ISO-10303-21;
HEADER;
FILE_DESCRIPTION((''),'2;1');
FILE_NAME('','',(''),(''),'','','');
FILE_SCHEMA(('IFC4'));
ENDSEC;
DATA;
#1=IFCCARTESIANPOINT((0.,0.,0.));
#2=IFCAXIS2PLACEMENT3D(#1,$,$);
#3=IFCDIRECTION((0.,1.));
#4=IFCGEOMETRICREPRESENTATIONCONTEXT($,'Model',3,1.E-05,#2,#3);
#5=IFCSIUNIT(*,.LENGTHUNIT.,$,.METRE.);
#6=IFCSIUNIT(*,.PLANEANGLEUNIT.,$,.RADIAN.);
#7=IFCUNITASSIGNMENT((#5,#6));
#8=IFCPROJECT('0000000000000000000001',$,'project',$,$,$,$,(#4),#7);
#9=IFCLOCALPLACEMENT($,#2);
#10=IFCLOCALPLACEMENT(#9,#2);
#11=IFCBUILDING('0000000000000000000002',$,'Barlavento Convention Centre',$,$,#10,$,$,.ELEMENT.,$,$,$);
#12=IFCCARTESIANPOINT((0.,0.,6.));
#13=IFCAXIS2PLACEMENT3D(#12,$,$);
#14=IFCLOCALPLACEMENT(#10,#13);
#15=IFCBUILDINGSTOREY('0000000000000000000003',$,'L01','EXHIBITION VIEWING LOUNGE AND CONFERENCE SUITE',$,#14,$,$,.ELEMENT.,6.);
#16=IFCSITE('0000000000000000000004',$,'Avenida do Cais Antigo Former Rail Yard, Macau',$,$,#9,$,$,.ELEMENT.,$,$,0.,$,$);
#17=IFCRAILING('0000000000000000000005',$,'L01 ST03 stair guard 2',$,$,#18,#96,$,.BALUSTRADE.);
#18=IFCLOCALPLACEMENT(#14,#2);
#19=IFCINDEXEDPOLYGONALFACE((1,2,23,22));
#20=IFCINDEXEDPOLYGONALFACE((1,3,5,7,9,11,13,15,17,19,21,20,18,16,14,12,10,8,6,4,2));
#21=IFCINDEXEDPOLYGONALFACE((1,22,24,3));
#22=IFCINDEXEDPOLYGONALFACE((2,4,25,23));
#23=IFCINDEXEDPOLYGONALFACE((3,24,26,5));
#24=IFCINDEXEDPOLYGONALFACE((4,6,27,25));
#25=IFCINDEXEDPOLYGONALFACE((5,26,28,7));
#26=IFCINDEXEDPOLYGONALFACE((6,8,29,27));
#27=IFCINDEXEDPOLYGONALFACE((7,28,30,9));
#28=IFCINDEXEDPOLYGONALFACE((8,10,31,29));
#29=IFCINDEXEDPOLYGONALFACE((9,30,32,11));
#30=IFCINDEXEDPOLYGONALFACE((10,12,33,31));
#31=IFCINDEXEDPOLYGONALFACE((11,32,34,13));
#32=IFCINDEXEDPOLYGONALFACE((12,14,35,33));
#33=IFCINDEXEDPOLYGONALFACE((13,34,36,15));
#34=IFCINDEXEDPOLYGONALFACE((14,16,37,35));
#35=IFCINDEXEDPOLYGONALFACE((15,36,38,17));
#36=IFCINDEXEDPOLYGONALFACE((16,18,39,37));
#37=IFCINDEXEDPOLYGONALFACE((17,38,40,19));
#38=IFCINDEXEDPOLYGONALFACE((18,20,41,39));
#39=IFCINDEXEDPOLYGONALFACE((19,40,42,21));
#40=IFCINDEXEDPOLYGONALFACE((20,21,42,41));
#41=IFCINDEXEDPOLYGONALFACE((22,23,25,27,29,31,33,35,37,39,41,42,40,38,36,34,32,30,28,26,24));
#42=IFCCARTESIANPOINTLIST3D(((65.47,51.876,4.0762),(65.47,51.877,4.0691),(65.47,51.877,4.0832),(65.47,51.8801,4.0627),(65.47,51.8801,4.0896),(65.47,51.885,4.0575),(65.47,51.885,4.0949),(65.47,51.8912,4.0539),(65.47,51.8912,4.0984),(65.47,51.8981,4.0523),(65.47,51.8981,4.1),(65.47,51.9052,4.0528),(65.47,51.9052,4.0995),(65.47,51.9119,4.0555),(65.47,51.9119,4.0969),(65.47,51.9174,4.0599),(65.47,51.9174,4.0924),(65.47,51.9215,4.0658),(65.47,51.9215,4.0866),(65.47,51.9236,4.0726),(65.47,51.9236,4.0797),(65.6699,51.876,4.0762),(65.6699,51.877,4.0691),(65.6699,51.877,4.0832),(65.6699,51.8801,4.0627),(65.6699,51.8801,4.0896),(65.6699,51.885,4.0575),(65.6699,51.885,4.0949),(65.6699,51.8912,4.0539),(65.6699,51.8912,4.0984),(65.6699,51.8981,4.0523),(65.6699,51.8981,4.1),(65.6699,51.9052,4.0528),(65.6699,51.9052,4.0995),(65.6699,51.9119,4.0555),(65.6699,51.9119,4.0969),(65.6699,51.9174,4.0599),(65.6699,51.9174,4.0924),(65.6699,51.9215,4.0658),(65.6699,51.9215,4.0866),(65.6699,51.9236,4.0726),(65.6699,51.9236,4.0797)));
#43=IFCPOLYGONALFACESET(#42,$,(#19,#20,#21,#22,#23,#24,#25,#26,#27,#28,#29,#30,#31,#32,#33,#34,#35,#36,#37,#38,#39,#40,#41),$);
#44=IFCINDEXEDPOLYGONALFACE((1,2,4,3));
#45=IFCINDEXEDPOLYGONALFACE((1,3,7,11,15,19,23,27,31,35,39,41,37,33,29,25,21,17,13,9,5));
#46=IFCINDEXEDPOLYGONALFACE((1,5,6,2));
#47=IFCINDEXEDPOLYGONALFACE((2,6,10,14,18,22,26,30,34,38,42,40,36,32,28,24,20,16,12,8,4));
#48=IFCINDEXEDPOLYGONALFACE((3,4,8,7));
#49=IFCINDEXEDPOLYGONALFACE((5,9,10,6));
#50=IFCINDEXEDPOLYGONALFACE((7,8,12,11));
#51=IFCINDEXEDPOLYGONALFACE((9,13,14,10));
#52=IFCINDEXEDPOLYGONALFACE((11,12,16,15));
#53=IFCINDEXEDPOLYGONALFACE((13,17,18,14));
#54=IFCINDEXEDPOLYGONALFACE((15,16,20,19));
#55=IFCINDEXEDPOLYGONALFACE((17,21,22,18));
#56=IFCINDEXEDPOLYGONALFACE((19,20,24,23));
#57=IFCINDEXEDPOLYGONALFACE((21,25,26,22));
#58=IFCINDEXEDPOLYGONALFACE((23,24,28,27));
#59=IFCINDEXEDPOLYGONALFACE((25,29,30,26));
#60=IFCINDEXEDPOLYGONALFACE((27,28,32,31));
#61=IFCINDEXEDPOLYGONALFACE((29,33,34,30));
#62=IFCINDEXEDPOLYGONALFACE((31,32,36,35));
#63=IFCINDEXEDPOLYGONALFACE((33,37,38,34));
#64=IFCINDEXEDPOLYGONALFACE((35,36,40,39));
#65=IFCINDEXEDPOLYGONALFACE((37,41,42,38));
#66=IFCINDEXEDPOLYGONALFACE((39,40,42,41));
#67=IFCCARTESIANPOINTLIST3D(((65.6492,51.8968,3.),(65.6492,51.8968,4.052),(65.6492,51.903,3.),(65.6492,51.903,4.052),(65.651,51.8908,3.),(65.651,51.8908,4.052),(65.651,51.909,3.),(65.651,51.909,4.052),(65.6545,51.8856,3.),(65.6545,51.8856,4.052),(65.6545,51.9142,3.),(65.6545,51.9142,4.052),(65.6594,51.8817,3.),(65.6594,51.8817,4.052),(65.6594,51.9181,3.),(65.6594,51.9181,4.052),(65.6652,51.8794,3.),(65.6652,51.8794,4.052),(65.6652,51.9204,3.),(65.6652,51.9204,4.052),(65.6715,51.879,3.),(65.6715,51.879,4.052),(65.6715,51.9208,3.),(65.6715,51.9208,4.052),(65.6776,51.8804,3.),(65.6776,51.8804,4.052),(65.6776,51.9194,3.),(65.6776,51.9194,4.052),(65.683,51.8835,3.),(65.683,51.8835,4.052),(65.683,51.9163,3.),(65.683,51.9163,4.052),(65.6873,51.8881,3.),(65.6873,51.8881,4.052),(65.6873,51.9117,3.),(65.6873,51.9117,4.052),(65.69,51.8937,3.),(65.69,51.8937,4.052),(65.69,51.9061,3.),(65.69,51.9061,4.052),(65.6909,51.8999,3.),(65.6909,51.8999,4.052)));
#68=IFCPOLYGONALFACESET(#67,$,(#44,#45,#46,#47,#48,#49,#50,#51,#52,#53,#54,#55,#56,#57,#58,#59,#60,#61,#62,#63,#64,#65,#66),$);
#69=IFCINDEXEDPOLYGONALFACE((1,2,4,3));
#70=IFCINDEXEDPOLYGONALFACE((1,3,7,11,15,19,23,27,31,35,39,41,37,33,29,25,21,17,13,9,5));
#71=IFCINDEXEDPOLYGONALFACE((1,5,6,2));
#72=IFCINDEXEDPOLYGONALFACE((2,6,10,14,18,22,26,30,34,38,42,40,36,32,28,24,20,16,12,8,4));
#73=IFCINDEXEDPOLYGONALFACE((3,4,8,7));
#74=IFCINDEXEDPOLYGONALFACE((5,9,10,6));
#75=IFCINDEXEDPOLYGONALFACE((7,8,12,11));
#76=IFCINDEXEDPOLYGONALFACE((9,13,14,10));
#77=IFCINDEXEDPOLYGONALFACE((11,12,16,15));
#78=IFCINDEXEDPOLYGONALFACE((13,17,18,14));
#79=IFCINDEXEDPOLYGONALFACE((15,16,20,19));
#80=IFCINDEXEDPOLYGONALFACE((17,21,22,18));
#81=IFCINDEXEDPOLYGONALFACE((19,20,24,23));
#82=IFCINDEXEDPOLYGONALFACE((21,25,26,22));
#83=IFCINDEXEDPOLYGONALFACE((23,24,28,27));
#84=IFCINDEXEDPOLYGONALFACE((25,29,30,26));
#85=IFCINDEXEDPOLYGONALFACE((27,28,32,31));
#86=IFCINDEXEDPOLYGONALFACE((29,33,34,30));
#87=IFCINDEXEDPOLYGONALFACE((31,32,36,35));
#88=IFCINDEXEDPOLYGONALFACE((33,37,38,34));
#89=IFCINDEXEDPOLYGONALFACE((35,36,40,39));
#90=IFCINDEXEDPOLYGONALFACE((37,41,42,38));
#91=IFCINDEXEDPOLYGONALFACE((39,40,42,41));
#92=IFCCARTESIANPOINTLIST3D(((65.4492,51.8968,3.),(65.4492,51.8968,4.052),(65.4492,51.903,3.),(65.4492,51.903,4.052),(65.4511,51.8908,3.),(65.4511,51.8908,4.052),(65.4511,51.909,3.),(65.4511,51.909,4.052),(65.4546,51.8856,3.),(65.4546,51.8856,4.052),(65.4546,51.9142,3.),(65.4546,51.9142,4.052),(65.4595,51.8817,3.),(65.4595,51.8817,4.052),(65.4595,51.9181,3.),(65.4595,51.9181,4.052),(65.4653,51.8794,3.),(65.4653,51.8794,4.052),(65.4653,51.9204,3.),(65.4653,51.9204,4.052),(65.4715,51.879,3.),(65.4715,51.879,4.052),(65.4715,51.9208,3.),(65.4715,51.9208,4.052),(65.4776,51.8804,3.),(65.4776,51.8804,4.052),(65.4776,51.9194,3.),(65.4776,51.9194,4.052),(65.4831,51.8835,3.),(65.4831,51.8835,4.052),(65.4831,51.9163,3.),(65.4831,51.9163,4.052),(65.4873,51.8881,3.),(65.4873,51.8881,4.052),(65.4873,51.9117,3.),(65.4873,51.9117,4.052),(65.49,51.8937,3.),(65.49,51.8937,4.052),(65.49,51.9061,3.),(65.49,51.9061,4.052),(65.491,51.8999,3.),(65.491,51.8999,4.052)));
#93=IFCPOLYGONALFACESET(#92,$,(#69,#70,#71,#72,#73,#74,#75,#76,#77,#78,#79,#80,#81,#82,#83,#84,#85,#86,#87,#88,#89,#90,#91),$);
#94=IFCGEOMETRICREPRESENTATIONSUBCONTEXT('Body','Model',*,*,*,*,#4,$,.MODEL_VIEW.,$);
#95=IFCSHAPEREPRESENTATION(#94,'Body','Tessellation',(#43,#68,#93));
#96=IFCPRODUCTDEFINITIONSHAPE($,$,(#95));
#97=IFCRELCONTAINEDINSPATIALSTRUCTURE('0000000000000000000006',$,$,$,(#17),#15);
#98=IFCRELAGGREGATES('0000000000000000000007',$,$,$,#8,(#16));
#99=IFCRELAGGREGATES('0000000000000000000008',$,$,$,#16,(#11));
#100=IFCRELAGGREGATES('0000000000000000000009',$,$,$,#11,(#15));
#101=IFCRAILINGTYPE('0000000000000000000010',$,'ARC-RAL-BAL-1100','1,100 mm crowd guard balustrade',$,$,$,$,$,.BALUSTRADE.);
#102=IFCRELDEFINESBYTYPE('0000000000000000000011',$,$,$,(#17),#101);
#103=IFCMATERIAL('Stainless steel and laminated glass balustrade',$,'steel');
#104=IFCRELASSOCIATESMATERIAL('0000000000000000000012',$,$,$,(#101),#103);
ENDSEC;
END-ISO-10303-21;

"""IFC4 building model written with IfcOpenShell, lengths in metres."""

from ifc_helpers import new_model, si_unit, direction, frame, origin, origin_2d, place, context, subcontext, project, spatial, circle, extrude, material, type_object, element, save


model = new_model("IFC4")

# Units and contexts
model_context = context("Model", 3, precision=1e-05, world=origin(), true_north=direction((0.0, 1.0)))
body_context = subcontext(model_context, "Body", "Model", "MODEL_VIEW")
ifc_project = project(units=[si_unit("LENGTHUNIT", "METRE"), si_unit("PLANEANGLEUNIT", "RADIAN")], contexts=[model_context])

# Site, building, storey
site_placement = place(None, origin())
site = spatial("IfcSite", under=ifc_project, at=site_placement, Name="Avenida do Cais Antigo Former Rail Yard, Macau", CompositionType="ELEMENT", RefElevation=0.0)
building_placement = place(site_placement, origin())
building = spatial("IfcBuilding", under=site, at=building_placement, Name="Barlavento Convention Centre", CompositionType="ELEMENT")
storey_placement = place(building_placement, frame((0.0, 0.0, 6.0)))
storey = spatial("IfcBuildingStorey", under=building, at=storey_placement, Name="L01", Description="EXHIBITION VIEWING LOUNGE AND CONFERENCE SUITE", CompositionType="ELEMENT", Elevation=6.0)

# Railing
ifc_material_1 = material(Name="Stainless steel and laminated glass balustrade", Category="steel")
railing_type_1 = type_object("IfcRailingType", Name="ARC-RAL-BAL-1100", Description="1,100 mm crowd guard balustrade", PredefinedType="BALUSTRADE", material=ifc_material_1)
railing_1_placement = place(storey_placement, frame((65.6699, 51.8999, 3.0)))
element("IfcRailing", 1, at=railing_1_placement, inside=storey, type_object=railing_type_1, Name="L01 ST03 stair guard 2", PredefinedType="BALUSTRADE", context=body_context, shape_type="SweptSolid", body=[
    extrude(circle(Radius=0.0239, at=origin_2d()), frame((0.0, 0.0, 1.0762), z_axis=(-1.0, 0.0, 0.0), x_axis=(0.0, -1.0, 0.0)), (0.0, 0.0, 1.0), 0.2),
    extrude(circle(Radius=0.021, at=origin_2d()), origin(), (0.0, 0.0, 1.0), 1.052),
    extrude(circle(Radius=0.021, at=origin_2d()), frame((-0.2, 0.0, 0.0)), (0.0, 0.0, 1.0), 1.052),
])

save(model, "model.ifc")
